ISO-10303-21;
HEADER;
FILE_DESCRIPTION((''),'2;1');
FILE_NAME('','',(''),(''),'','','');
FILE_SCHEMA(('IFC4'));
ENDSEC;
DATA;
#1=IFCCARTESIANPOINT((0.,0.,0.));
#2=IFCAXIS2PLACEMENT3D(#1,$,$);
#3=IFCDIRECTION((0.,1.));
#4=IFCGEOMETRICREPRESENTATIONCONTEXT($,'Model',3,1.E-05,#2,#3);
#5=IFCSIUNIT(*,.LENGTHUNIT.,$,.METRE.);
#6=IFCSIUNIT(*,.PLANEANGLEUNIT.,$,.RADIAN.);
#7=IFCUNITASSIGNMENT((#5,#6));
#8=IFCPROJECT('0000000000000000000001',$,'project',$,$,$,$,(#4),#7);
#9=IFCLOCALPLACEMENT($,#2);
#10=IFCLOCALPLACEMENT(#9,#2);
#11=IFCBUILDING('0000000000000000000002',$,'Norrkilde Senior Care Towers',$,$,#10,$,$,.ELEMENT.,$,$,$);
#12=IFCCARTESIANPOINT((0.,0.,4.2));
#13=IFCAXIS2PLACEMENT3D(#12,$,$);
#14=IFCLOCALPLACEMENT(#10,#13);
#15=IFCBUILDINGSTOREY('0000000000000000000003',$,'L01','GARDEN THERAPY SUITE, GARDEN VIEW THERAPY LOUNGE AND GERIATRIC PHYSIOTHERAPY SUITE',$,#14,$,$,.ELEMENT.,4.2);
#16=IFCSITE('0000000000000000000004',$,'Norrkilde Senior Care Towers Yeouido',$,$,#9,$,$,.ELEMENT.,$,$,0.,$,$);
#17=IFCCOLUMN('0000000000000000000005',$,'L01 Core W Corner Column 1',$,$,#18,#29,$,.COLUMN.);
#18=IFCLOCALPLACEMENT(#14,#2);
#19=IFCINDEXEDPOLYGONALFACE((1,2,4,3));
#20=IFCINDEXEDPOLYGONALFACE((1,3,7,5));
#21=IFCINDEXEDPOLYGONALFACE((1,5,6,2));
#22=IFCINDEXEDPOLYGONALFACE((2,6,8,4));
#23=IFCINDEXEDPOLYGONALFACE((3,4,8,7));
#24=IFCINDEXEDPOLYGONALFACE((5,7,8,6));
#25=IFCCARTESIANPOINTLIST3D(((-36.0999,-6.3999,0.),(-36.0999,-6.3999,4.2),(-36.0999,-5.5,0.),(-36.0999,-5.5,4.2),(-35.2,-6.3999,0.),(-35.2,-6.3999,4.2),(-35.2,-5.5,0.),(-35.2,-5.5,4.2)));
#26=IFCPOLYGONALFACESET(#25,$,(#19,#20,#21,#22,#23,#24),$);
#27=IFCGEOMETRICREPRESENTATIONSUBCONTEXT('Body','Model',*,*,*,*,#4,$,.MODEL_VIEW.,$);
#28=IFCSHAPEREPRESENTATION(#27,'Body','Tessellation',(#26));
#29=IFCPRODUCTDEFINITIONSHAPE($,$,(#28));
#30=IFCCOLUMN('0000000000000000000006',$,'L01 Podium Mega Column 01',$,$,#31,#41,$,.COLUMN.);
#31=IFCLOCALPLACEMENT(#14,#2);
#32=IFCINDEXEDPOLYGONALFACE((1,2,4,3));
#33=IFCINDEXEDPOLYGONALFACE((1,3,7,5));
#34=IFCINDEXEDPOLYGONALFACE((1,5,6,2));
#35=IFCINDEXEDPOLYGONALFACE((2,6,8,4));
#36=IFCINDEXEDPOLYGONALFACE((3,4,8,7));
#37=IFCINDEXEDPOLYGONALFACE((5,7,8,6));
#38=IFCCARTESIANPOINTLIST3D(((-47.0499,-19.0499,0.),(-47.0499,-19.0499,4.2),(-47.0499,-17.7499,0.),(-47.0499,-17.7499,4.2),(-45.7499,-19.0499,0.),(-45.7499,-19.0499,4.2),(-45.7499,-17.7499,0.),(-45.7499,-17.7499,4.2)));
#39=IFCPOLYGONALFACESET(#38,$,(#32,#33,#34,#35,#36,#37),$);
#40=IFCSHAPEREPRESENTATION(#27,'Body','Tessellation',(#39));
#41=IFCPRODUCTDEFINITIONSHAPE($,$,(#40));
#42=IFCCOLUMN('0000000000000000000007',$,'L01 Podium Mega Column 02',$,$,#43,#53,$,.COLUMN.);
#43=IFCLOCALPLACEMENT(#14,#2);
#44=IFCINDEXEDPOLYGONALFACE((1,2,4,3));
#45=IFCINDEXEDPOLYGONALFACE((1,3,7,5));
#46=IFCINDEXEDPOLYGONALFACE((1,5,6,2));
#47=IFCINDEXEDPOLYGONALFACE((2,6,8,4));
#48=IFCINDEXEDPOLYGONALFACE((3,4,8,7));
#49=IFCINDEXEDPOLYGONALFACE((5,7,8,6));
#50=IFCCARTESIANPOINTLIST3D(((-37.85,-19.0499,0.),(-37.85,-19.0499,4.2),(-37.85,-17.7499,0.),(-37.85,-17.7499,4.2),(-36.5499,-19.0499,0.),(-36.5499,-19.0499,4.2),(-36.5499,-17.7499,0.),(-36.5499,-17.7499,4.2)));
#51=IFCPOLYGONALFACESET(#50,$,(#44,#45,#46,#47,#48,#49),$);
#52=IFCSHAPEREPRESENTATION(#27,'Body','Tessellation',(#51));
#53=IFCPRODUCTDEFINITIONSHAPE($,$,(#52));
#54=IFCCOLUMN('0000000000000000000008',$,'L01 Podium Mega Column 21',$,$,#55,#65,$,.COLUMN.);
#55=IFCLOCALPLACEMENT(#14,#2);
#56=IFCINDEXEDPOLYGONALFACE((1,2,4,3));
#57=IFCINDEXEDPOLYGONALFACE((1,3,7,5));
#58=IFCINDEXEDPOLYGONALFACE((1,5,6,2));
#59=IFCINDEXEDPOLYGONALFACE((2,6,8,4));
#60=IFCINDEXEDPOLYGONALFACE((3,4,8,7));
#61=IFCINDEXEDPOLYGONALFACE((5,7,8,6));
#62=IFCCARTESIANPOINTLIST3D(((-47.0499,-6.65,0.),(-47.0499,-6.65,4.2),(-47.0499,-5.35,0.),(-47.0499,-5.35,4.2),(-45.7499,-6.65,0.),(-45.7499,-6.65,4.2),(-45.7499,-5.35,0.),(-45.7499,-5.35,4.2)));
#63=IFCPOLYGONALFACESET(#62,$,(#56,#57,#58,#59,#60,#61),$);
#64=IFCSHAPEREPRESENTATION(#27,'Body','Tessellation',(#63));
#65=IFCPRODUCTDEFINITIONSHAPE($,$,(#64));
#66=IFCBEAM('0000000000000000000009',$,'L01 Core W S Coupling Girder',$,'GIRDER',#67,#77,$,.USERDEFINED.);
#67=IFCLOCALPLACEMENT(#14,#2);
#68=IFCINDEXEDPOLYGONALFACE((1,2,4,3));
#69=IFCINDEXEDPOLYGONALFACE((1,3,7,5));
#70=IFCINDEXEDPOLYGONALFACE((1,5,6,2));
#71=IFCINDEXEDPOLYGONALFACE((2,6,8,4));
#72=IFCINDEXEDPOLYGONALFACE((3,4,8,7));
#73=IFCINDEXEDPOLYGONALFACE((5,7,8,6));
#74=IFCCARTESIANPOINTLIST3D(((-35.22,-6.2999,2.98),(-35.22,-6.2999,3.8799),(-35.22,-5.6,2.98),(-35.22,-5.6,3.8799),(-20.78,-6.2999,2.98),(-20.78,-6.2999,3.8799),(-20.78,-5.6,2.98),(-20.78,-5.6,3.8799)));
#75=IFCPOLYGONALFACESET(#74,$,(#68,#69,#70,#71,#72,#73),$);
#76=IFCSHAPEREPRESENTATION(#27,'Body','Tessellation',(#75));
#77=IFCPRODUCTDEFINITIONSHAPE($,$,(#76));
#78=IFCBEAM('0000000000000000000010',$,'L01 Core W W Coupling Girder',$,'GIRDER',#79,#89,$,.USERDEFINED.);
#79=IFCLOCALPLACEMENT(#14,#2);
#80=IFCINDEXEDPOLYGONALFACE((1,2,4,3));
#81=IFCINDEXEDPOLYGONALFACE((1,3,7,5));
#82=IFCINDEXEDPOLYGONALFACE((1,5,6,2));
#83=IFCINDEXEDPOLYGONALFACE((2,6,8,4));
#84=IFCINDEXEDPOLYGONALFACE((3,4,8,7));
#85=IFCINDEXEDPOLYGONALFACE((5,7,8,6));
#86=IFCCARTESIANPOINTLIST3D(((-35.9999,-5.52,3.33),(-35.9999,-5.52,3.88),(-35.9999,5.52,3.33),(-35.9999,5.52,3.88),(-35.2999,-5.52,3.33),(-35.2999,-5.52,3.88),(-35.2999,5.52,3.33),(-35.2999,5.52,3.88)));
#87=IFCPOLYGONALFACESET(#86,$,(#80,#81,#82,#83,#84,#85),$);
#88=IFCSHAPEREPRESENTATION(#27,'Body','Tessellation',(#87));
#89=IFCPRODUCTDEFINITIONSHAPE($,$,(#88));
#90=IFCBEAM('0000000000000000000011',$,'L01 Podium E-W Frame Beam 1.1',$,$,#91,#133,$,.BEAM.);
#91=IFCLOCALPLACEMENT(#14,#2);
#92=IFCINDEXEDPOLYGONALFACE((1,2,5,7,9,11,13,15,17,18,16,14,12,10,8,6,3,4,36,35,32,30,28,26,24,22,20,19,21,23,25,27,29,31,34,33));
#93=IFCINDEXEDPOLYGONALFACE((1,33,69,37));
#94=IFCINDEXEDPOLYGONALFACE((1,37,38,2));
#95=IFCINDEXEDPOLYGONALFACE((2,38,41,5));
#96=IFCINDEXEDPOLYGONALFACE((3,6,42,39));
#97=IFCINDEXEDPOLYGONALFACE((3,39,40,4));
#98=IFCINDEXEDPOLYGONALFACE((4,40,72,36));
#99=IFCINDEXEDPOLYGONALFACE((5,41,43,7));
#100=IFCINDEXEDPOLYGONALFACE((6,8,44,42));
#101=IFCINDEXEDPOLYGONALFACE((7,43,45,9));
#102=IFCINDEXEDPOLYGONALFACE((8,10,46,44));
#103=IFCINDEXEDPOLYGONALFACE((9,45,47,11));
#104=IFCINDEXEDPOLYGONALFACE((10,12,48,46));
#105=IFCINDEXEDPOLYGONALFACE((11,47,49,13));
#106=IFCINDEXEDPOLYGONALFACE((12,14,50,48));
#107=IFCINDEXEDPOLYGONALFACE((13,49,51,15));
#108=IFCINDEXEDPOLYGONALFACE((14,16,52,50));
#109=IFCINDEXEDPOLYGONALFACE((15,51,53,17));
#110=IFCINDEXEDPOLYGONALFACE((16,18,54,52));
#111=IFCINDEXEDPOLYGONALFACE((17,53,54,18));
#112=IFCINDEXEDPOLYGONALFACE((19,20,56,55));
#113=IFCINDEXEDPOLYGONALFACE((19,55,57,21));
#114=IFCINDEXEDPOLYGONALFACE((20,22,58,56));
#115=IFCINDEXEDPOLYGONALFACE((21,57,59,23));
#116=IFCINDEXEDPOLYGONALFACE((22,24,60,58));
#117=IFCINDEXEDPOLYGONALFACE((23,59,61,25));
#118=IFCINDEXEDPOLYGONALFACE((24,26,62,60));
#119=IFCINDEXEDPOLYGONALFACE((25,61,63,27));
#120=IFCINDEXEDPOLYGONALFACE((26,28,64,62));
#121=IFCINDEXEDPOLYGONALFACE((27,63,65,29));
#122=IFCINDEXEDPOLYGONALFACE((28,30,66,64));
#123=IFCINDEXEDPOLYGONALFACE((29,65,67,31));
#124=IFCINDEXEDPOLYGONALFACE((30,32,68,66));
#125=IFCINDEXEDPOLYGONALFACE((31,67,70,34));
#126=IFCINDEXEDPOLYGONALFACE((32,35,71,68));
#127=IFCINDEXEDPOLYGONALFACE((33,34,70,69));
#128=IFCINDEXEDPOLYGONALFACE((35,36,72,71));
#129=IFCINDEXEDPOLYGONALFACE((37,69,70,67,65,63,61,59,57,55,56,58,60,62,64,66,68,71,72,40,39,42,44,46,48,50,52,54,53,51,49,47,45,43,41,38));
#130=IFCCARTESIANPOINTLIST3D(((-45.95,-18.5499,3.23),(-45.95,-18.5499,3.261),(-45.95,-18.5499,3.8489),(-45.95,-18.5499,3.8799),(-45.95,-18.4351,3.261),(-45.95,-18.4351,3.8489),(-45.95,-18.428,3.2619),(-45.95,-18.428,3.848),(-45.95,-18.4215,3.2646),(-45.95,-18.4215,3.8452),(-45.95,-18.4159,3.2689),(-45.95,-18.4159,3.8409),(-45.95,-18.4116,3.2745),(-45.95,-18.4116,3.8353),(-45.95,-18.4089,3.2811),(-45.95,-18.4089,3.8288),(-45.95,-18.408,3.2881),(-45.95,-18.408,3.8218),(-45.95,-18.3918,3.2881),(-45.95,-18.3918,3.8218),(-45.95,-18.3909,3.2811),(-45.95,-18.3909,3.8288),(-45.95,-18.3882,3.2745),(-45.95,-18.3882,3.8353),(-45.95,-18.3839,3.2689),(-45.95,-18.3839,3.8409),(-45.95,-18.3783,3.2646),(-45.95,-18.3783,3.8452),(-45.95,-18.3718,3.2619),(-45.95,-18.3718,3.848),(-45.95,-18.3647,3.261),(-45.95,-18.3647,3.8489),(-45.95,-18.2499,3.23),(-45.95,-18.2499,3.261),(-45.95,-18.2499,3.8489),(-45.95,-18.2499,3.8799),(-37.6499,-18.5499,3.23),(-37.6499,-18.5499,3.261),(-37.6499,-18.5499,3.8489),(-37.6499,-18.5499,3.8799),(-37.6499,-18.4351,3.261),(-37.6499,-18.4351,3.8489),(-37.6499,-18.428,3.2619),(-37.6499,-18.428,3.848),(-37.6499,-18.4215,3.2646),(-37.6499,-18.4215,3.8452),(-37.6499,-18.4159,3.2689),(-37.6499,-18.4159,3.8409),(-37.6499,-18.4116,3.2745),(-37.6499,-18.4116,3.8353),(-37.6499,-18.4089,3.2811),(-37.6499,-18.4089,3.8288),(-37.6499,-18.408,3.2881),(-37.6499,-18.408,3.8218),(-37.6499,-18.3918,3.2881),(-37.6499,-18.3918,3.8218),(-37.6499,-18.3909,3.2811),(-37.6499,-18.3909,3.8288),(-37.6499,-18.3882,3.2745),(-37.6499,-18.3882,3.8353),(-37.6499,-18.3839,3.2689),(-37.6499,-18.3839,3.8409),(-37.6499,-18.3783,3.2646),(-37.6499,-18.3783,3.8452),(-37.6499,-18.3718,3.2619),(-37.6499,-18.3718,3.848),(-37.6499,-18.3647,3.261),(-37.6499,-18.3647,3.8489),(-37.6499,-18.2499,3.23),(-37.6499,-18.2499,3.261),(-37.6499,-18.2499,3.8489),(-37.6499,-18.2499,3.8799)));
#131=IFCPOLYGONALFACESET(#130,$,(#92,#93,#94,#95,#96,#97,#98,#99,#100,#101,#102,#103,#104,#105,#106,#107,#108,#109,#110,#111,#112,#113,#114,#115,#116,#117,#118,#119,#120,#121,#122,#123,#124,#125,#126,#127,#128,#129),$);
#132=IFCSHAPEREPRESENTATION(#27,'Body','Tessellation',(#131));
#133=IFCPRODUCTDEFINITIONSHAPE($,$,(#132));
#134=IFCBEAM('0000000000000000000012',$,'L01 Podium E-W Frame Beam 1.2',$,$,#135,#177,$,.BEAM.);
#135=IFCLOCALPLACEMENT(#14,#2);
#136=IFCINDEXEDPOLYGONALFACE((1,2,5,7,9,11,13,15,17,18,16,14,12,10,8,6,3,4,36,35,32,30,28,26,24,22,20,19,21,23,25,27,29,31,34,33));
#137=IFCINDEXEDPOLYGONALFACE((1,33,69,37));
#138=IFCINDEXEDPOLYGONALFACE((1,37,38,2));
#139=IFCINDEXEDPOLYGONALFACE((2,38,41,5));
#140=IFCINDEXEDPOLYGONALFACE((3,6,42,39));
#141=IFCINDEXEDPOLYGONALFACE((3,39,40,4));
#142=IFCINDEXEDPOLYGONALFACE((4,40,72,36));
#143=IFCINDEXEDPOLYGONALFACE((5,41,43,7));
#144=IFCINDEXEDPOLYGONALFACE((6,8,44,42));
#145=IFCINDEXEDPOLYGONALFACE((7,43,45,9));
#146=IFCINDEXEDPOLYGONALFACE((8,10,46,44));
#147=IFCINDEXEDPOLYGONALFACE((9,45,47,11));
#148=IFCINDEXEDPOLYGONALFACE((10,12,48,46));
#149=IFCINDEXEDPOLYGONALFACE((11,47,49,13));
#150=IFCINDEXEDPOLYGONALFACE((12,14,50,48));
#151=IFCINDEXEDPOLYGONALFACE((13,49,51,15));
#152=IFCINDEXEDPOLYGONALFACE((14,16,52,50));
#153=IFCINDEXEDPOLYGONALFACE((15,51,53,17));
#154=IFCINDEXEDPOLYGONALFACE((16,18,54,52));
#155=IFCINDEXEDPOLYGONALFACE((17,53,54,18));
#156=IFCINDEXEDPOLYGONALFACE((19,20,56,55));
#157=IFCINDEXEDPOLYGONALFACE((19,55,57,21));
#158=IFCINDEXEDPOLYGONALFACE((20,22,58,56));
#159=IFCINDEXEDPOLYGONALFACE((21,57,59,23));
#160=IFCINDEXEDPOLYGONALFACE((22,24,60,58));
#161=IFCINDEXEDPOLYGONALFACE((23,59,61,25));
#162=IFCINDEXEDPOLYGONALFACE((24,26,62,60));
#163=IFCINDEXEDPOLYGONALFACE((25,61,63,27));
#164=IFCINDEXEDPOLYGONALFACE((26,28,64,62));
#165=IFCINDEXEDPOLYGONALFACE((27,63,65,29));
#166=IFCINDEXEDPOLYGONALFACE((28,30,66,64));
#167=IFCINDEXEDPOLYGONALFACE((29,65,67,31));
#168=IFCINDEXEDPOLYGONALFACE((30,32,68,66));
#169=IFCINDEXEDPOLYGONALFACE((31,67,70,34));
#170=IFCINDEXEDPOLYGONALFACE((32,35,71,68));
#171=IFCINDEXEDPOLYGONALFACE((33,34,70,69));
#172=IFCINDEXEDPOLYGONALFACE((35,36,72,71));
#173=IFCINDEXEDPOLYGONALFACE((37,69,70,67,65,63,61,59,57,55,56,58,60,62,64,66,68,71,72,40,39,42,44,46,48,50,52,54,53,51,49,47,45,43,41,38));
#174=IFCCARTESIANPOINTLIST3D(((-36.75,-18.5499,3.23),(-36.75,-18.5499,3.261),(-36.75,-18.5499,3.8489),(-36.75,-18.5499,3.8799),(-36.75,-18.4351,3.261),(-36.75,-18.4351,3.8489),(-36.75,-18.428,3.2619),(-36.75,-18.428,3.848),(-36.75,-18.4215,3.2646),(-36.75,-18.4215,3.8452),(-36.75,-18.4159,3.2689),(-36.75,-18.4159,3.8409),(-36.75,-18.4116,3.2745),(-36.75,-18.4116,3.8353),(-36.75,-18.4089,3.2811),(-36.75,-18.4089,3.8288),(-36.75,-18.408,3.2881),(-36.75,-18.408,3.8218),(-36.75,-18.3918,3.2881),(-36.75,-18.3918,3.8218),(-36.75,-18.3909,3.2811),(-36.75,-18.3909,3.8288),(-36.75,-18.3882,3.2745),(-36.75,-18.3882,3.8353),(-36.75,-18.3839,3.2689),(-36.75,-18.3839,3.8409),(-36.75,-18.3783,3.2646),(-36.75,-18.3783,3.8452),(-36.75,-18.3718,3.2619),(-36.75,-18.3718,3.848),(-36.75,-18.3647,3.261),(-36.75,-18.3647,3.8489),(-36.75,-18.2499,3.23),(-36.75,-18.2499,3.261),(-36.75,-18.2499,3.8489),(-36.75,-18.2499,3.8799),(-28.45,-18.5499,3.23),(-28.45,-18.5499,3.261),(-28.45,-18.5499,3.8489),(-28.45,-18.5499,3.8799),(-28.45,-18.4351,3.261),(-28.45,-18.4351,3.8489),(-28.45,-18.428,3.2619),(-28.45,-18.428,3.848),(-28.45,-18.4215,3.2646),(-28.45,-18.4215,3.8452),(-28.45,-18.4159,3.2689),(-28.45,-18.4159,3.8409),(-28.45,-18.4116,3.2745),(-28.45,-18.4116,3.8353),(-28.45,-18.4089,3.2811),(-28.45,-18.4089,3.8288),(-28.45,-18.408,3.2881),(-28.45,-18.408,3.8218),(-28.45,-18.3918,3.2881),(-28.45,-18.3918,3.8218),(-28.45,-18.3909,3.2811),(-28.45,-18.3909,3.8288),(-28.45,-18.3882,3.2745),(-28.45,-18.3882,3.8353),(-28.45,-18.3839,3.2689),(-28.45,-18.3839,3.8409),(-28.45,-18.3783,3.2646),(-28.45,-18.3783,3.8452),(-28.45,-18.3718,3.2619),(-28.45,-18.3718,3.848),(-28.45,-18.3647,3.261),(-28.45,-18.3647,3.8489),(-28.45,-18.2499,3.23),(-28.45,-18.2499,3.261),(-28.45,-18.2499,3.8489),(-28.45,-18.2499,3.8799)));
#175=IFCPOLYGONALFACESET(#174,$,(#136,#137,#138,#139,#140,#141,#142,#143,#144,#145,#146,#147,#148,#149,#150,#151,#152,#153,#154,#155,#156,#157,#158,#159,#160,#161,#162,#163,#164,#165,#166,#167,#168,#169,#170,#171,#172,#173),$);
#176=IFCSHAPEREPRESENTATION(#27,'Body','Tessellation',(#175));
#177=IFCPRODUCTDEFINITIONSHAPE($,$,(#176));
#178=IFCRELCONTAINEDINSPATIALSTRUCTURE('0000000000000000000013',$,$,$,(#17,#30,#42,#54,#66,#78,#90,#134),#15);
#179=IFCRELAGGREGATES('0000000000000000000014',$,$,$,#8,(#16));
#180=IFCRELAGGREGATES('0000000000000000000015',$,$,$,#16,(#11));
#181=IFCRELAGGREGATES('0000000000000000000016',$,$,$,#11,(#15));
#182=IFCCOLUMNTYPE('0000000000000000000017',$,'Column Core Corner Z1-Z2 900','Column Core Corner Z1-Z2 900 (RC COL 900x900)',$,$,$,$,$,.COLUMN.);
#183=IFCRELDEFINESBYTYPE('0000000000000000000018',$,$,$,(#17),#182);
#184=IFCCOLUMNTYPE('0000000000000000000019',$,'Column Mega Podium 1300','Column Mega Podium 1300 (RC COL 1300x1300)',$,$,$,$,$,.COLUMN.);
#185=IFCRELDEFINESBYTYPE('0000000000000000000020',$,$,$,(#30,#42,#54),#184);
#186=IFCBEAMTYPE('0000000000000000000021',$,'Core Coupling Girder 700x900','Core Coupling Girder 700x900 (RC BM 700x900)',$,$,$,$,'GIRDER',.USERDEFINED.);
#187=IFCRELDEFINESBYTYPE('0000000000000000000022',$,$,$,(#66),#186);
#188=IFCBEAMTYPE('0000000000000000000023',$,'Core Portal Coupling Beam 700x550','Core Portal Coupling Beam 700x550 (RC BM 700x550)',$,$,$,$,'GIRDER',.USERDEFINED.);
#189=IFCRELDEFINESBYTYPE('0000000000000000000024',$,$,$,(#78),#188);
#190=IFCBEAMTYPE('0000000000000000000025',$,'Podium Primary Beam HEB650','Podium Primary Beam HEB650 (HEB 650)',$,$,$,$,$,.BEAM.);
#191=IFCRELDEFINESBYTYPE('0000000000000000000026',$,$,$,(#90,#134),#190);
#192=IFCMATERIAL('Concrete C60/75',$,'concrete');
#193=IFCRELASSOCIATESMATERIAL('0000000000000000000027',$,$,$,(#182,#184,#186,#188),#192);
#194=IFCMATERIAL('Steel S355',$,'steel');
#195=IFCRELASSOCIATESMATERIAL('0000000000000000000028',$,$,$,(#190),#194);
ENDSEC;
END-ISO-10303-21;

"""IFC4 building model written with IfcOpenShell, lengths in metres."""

from ifc_helpers import new_model, si_unit, direction, frame, origin, origin_2d, place, context, subcontext, project, spatial, rectangle, i_section, extrude, source, transform, mapped, material, material_profile, profile_set, type_object, type_shapes, element, save


model = new_model("IFC4")

# Units and contexts
model_context = context("Model", 3, precision=1e-05, world=origin(), true_north=direction((0.0, 1.0)))
body_context = subcontext(model_context, "Body", "Model", "MODEL_VIEW")
ifc_project = project(units=[si_unit("LENGTHUNIT", "METRE"), si_unit("PLANEANGLEUNIT", "RADIAN")], contexts=[model_context])

# Site, building, storey
site_placement = place(None, origin())
site = spatial("IfcSite", under=ifc_project, at=site_placement, Name="Norrkilde Senior Care Towers Yeouido", CompositionType="ELEMENT", RefElevation=0.0)
building_placement = place(site_placement, origin())
building = spatial("IfcBuilding", under=site, at=building_placement, Name="Norrkilde Senior Care Towers", CompositionType="ELEMENT")
storey_placement = place(building_placement, frame((0.0, 0.0, 4.2)))
storey = spatial("IfcBuildingStorey", under=building, at=storey_placement, Name="L01", Description="GARDEN THERAPY SUITE, GARDEN VIEW THERAPY LOUNGE AND GERIATRIC PHYSIOTHERAPY SUITE", CompositionType="ELEMENT", Elevation=4.2)

# Columns
ifc_material_1 = material(Name="Concrete C60/75", Category="concrete")
ifc_material_profile_1 = material_profile(ifc_material_1, rectangle(XDim=0.8999, YDim=0.8999, at=origin_2d()), Name="RC COL 900x900")
ifc_profile_set_1 = profile_set([ifc_material_profile_1], Name="Concrete C60/75")
column_type_1 = type_object("IfcColumnType", Name="Column Core Corner Z1-Z2 900", Description="Column Core Corner Z1-Z2 900 (RC COL 900x900)", PredefinedType="COLUMN", material=ifc_profile_set_1)
shared_shape_1 = source(origin(), body_context, "Body", "SweptSolid", [
    extrude(rectangle(XDim=0.8999, YDim=0.8999, at=origin_2d()), origin(), (0.0, 0.0, 1.0), 4.2),
])
type_shapes(column_type_1, [shared_shape_1])
column_placement = place(storey_placement, frame((-35.6499, -5.95, 0.0), z_axis=(0.0, 0.0, 1.0), x_axis=(1.0, 0.0, 0.0)))
element("IfcColumn", 1, at=column_placement, inside=storey, type_object=column_type_1, Name="L01 Core W Corner Column 1", PredefinedType="COLUMN", context=body_context, shape_type="MappedRepresentation", body=[
    mapped(shared_shape_1, transform((0.0, 0.0, 0.0), x_axis=(1.0, 0.0, 0.0), y_axis=(0.0, 1.0, 0.0), z_axis=(0.0, 0.0, 1.0), scale=1.0)),
])
ifc_material_profile_2 = material_profile(ifc_material_1, rectangle(XDim=1.3, YDim=1.3, at=origin_2d()), Name="RC COL 1300x1300")
ifc_profile_set_2 = profile_set([ifc_material_profile_2], Name="Concrete C60/75")
column_type_2 = type_object("IfcColumnType", Name="Column Mega Podium 1300", Description="Column Mega Podium 1300 (RC COL 1300x1300)", PredefinedType="COLUMN", material=ifc_profile_set_2)
shared_shape_2 = source(origin(), body_context, "Body", "SweptSolid", [
    extrude(rectangle(XDim=1.3, YDim=1.3, at=origin_2d()), origin(), (0.0, 0.0, 1.0), 4.2),
])
type_shapes(column_type_2, [shared_shape_2])
for number, where, z_axis, x_axis, name in (
    (2, (-46.3999, -18.3999, 0.0), (0.0, 0.0, 1.0), (1.0, 0.0, 0.0), "L01 Podium Mega Column 01"),
    (3, (-37.2, -18.3999, 0.0), (0.0, 0.0, 1.0), (1.0, 0.0, 0.0), "L01 Podium Mega Column 02"),
    (4, (-46.3999, -6.0, 0.0), (0.0, 0.0, 1.0), (1.0, 0.0, 0.0), "L01 Podium Mega Column 21"),
):
    element("IfcColumn", number, at=place(storey_placement, frame(where, z_axis=z_axis, x_axis=x_axis)), inside=storey, type_object=column_type_2, Name=name, PredefinedType="COLUMN", context=body_context, shape_type="MappedRepresentation", body=[
        mapped(shared_shape_2, transform((0.0, 0.0, 0.0), x_axis=(1.0, 0.0, 0.0), y_axis=(0.0, 1.0, 0.0), z_axis=(0.0, 0.0, 1.0), scale=1.0)),
    ])

# Beams
ifc_material_profile_3 = material_profile(ifc_material_1, rectangle(XDim=0.7, YDim=0.8999, at=origin_2d()), Name="RC BM 700x900")
ifc_profile_set_3 = profile_set([ifc_material_profile_3], Name="Concrete C60/75")
beam_type_1 = type_object("IfcBeamType", Name="Core Coupling Girder 700x900", Description="Core Coupling Girder 700x900 (RC BM 700x900)", ElementType="GIRDER", PredefinedType="USERDEFINED", material=ifc_profile_set_3)
shared_shape_3 = source(origin(), body_context, "Body", "SweptSolid", [
    extrude(rectangle(XDim=0.7, YDim=0.8999, at=origin_2d()), origin(), (0.0, 0.0, 1.0), 14.4399),
])
type_shapes(beam_type_1, [shared_shape_3])
beam_1_placement = place(storey_placement, frame((-35.22, -5.95, 3.4299), z_axis=(1.0, 0.0, 0.0), x_axis=(0.0, 1.0, 0.0)))
element("IfcBeam", 5, at=beam_1_placement, inside=storey, type_object=beam_type_1, Name="L01 Core W S Coupling Girder", ObjectType="GIRDER", PredefinedType="USERDEFINED", context=body_context, shape_type="MappedRepresentation", body=[
    mapped(shared_shape_3, transform((0.0, 0.0, 0.0), x_axis=(1.0, 0.0, 0.0), y_axis=(0.0, 1.0, 0.0), z_axis=(0.0, 0.0, 1.0), scale=1.0)),
])
ifc_material_profile_4 = material_profile(ifc_material_1, rectangle(XDim=0.7, YDim=0.55, at=origin_2d()), Name="RC BM 700x550")
ifc_profile_set_4 = profile_set([ifc_material_profile_4], Name="Concrete C60/75")
beam_type_2 = type_object("IfcBeamType", Name="Core Portal Coupling Beam 700x550", Description="Core Portal Coupling Beam 700x550 (RC BM 700x550)", ElementType="GIRDER", PredefinedType="USERDEFINED", material=ifc_profile_set_4)
shared_shape_4 = source(origin(), body_context, "Body", "SweptSolid", [
    extrude(rectangle(XDim=0.7, YDim=0.55, at=origin_2d()), origin(), (0.0, 0.0, 1.0), 11.04),
])
type_shapes(beam_type_2, [shared_shape_4])
beam_2_placement = place(storey_placement, frame((-35.6499, -5.52, 3.605), z_axis=(0.0, 1.0, 0.0), x_axis=(-1.0, 0.0, 0.0)))
element("IfcBeam", 6, at=beam_2_placement, inside=storey, type_object=beam_type_2, Name="L01 Core W W Coupling Girder", ObjectType="GIRDER", PredefinedType="USERDEFINED", context=body_context, shape_type="MappedRepresentation", body=[
    mapped(shared_shape_4, transform((0.0, 0.0, 0.0), x_axis=(1.0, 0.0, 0.0), y_axis=(0.0, 1.0, 0.0), z_axis=(0.0, 0.0, 1.0), scale=1.0)),
])
ifc_material_2 = material(Name="Steel S355", Category="steel")
ifc_material_profile_5 = material_profile(ifc_material_2, i_section(OverallWidth=0.3, OverallDepth=0.6499, WebThickness=0.0161, FlangeThickness=0.031, FilletRadius=0.0271, at=origin_2d()), Name="HEB 650")
ifc_profile_set_5 = profile_set([ifc_material_profile_5], Name="Steel S355")
beam_type_3 = type_object("IfcBeamType", Name="Podium Primary Beam HEB650", Description="Podium Primary Beam HEB650 (HEB 650)", PredefinedType="BEAM", material=ifc_profile_set_5)
shared_shape_5 = source(origin(), body_context, "Body", "SweptSolid", [
    extrude(i_section(OverallWidth=0.3, OverallDepth=0.6499, WebThickness=0.0161, FlangeThickness=0.031, FilletRadius=0.0271, at=origin_2d()), origin(), (0.0, 0.0, 1.0), 8.3),
])
for number, where, z_axis, x_axis, name in (
    (7, (-45.95, -18.3999, 3.5549), (1.0, 0.0, 0.0), (0.0, 1.0, 0.0), "L01 Podium E-W Frame Beam 1.1"),
    (8, (-36.75, -18.3999, 3.5549), (1.0, 0.0, 0.0), (0.0, 1.0, 0.0), "L01 Podium E-W Frame Beam 1.2"),
):
    element("IfcBeam", number, at=place(storey_placement, frame(where, z_axis=z_axis, x_axis=x_axis)), inside=storey, type_object=beam_type_3, Name=name, PredefinedType="BEAM", context=body_context, shape_type="MappedRepresentation", body=[
        mapped(shared_shape_5, transform((0.0, 0.0, 0.0), x_axis=(1.0, 0.0, 0.0), y_axis=(0.0, 1.0, 0.0), z_axis=(0.0, 0.0, 1.0), scale=1.0)),
    ])

save(model, "model.ifc")
